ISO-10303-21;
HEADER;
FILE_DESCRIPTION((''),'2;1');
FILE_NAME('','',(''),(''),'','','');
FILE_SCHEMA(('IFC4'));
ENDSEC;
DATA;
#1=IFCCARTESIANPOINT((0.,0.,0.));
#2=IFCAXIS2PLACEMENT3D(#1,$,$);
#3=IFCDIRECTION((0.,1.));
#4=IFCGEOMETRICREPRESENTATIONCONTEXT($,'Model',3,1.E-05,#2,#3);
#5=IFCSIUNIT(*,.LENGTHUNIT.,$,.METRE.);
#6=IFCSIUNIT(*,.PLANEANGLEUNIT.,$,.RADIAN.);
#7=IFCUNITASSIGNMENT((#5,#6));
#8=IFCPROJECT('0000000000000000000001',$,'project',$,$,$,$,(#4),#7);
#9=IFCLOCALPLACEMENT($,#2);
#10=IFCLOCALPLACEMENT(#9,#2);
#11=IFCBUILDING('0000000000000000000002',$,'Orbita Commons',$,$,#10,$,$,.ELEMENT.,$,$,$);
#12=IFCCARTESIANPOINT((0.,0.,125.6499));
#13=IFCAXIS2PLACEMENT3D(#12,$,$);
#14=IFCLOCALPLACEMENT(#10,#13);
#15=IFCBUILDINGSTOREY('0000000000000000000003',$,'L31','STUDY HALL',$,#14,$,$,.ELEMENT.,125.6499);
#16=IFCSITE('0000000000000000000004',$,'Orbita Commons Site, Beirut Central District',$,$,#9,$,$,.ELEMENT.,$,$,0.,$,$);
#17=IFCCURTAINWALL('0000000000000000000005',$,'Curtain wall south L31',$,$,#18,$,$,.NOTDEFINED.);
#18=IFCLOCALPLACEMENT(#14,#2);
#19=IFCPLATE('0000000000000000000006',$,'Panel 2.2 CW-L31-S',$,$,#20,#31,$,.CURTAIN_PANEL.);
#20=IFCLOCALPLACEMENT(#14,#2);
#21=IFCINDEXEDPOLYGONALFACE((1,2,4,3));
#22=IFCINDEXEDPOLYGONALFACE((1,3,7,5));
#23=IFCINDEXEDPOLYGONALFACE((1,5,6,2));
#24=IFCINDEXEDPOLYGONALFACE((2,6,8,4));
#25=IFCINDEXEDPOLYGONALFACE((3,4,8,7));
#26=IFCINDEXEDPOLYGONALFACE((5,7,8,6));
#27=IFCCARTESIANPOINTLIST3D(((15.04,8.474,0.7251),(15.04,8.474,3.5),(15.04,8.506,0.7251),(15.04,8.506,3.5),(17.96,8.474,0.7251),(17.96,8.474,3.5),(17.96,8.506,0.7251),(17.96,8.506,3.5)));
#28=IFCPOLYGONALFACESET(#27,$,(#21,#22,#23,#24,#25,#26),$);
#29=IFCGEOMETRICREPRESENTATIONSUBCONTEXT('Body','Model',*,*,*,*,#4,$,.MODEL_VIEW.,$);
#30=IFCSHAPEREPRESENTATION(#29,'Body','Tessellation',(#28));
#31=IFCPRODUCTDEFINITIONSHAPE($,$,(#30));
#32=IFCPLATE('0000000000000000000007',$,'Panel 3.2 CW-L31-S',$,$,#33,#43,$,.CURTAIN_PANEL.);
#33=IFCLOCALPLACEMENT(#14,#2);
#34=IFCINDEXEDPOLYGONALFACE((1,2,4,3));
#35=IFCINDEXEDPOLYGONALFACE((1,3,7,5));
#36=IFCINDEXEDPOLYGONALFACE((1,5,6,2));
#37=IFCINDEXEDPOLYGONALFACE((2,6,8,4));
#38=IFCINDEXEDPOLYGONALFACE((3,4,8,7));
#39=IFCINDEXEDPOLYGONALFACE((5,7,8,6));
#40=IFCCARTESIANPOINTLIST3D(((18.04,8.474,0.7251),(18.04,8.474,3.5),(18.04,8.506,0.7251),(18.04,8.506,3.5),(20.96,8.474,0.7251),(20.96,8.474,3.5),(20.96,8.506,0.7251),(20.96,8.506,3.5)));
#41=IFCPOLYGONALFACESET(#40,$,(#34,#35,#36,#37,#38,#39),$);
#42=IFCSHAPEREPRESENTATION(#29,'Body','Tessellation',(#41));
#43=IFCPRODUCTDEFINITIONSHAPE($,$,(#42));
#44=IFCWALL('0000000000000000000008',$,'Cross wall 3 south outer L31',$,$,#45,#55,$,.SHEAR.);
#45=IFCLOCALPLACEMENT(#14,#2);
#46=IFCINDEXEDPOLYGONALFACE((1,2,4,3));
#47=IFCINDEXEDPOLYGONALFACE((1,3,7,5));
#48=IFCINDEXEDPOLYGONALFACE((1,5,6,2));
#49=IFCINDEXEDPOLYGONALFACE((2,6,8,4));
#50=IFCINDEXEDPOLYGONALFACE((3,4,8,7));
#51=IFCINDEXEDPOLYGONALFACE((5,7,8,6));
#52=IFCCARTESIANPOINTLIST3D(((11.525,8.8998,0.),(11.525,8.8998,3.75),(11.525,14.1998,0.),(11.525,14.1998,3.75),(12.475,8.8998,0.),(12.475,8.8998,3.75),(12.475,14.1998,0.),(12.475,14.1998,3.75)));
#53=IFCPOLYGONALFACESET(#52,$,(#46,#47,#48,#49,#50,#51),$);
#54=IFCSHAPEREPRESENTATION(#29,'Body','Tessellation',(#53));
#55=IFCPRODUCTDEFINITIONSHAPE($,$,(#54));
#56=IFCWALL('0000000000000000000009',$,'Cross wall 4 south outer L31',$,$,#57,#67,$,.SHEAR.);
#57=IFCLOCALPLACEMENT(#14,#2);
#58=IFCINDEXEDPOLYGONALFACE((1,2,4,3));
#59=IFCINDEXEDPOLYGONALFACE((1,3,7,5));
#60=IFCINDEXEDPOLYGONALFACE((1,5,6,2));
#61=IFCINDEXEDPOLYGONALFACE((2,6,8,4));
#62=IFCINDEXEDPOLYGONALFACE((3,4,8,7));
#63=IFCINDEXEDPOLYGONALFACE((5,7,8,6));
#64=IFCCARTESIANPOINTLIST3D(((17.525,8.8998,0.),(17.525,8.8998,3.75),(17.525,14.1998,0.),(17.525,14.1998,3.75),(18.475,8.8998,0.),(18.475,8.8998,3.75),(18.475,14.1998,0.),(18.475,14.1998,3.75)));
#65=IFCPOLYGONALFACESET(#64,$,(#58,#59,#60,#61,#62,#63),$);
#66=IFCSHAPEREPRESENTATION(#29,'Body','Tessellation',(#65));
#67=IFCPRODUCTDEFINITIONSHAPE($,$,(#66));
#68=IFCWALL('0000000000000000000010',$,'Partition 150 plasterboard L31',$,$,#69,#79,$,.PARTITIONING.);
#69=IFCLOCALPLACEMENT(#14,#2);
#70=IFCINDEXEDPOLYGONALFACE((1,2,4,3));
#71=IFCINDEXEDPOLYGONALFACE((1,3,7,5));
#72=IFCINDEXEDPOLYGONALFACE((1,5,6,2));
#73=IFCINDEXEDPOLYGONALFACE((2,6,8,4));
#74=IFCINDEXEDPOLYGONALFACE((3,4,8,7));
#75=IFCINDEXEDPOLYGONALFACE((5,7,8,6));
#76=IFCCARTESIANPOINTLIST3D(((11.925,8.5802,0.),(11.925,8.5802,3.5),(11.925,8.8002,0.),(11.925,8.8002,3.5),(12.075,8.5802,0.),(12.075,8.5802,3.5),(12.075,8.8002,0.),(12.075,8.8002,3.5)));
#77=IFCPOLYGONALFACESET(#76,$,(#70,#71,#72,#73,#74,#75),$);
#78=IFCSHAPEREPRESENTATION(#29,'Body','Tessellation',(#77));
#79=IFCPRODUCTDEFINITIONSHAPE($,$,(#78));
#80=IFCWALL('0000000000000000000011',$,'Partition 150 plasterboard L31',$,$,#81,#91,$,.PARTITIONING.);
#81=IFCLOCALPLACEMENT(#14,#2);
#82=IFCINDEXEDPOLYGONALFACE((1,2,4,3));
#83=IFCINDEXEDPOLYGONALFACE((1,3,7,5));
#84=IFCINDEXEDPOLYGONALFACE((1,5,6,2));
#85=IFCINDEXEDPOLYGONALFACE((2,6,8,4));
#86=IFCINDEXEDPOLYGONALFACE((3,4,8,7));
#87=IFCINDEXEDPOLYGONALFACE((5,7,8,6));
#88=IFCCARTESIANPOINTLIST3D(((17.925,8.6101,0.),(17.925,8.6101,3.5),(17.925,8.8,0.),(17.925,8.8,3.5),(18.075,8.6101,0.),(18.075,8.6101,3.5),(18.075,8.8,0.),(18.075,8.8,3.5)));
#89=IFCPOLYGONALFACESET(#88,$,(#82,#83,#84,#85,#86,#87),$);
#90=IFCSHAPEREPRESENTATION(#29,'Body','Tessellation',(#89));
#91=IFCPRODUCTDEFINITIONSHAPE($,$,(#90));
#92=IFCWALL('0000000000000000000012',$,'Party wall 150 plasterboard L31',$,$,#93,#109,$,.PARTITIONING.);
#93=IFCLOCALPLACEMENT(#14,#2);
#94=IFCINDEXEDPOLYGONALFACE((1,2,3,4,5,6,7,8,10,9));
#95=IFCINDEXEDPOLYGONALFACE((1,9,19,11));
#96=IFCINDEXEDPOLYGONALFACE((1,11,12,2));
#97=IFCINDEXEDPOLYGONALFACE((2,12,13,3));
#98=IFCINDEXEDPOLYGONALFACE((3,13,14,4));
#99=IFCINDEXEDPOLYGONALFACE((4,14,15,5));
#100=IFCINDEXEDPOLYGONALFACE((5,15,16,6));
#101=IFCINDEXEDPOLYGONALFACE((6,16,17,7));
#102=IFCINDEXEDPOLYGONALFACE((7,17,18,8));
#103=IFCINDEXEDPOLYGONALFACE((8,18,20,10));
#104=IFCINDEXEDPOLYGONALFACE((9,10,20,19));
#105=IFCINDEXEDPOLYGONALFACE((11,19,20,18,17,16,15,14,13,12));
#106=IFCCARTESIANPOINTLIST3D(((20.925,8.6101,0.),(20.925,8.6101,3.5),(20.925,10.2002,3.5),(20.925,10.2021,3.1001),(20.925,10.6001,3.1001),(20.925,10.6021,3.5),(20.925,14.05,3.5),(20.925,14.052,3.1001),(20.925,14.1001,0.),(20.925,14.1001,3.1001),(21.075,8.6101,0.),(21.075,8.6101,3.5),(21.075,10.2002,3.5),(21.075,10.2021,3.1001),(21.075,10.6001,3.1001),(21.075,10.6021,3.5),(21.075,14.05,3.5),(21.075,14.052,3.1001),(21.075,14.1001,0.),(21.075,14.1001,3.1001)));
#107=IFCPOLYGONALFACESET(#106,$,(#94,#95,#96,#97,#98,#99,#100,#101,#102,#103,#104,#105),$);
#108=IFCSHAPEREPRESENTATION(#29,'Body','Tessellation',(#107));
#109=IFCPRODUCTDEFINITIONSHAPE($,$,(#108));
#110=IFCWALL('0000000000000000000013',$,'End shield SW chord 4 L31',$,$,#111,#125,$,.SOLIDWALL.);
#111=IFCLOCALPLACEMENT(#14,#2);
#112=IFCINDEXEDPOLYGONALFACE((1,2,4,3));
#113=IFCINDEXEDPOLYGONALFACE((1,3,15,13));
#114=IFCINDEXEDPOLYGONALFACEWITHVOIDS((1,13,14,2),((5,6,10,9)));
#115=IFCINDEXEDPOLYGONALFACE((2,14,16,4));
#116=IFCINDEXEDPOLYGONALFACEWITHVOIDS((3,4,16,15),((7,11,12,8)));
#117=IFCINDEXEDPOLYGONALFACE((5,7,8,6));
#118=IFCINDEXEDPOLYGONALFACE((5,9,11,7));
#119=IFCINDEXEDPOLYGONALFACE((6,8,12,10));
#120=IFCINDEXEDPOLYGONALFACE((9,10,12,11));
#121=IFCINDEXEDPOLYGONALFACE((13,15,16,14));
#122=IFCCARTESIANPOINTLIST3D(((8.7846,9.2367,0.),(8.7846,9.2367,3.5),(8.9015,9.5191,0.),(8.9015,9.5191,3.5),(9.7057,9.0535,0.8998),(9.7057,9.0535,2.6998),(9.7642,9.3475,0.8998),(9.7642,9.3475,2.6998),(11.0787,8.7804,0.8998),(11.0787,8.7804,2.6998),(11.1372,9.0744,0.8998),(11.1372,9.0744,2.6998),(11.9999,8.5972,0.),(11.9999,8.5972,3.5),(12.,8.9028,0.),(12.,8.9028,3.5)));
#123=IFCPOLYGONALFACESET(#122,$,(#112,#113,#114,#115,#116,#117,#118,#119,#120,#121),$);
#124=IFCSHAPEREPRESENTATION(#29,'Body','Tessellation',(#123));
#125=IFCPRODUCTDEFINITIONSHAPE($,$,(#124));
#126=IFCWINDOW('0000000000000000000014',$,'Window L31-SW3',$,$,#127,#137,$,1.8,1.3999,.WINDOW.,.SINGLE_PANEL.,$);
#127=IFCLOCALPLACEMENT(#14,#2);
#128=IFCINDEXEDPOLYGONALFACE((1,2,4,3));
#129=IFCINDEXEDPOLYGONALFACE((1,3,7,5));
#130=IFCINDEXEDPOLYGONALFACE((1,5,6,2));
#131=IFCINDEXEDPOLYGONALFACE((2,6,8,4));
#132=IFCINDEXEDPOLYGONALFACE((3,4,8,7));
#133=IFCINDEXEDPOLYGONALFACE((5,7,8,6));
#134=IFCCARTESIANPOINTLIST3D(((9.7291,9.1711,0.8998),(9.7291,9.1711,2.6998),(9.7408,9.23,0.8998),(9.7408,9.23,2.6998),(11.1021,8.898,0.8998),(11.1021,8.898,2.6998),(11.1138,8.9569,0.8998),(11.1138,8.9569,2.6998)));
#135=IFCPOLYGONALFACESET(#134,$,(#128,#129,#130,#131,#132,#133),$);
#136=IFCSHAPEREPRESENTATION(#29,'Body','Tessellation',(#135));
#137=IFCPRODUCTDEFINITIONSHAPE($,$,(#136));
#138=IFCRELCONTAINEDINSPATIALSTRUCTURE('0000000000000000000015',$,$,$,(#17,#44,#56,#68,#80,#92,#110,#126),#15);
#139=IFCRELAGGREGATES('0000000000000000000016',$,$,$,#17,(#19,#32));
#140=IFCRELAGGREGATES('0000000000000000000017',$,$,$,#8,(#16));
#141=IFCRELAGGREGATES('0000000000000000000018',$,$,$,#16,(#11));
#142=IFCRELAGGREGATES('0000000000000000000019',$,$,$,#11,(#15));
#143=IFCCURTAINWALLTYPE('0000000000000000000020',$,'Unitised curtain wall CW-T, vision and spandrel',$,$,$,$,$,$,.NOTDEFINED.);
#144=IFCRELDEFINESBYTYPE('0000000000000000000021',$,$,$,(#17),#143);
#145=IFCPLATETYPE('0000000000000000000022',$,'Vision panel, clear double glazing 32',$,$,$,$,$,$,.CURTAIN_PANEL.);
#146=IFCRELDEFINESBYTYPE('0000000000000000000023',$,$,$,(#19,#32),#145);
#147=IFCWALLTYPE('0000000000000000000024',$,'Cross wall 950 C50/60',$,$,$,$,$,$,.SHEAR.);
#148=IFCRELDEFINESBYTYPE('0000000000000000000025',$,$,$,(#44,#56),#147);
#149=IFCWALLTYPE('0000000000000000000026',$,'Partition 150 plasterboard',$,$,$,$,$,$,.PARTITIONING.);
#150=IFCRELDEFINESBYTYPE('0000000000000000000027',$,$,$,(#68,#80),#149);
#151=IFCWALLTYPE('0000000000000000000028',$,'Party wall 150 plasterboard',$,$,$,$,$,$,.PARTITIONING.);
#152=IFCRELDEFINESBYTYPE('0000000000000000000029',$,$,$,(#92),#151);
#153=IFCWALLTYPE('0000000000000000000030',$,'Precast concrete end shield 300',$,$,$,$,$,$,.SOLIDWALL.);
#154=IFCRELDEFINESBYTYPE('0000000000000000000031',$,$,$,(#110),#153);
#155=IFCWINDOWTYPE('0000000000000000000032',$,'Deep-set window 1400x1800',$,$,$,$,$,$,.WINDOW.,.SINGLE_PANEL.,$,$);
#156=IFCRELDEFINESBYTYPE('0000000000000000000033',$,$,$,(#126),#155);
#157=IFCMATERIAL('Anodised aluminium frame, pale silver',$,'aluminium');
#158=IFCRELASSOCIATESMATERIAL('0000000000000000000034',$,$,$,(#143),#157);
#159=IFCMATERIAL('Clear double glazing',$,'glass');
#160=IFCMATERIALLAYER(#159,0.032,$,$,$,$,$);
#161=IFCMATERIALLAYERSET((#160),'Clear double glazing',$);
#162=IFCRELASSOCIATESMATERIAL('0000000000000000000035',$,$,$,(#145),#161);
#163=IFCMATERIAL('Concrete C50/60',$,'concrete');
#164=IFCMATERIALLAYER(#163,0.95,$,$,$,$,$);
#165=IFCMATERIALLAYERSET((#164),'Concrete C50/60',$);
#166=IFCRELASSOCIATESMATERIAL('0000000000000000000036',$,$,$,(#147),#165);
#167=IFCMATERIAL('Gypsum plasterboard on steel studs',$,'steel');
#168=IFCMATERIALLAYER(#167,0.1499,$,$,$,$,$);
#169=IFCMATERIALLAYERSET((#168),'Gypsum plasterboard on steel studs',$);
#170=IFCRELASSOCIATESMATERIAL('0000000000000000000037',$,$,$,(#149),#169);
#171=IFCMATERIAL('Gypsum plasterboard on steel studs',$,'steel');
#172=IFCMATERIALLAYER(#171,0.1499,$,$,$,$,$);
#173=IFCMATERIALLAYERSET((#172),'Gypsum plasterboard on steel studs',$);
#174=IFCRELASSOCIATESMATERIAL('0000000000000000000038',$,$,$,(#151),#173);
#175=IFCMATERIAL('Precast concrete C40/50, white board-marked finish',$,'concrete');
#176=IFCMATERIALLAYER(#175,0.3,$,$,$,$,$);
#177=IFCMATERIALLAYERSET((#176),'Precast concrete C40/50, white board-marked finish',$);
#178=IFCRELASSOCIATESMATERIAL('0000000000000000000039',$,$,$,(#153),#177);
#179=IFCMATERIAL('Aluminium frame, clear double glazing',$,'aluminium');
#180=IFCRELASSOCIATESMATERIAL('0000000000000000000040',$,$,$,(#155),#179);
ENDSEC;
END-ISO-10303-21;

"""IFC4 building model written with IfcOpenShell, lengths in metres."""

from ifc_helpers import new_model, si_unit, direction, frame, frame_2d, origin, origin_2d, place, context, subcontext, project, spatial, polyline, rectangle, outline, extrude, material, layer, layer_set, type_object, element, fill, aggregate, save


model = new_model("IFC4")

# Units and contexts
model_context = context("Model", 3, precision=1e-05, world=origin(), true_north=direction((0.0, 1.0)))
body_context = subcontext(model_context, "Body", "Model", "MODEL_VIEW")
ifc_project = project(units=[si_unit("LENGTHUNIT", "METRE"), si_unit("PLANEANGLEUNIT", "RADIAN")], contexts=[model_context])

# Site, building, storey
site_placement = place(None, origin())
site = spatial("IfcSite", under=ifc_project, at=site_placement, Name="Orbita Commons Site, Beirut Central District", CompositionType="ELEMENT", RefElevation=0.0)
building_placement = place(site_placement, origin())
building = spatial("IfcBuilding", under=site, at=building_placement, Name="Orbita Commons", CompositionType="ELEMENT")
storey_placement = place(building_placement, frame((0.0, 0.0, 125.6499)))
storey = spatial("IfcBuildingStorey", under=building, at=storey_placement, Name="L31", Description="STUDY HALL", CompositionType="ELEMENT", Elevation=125.6499)

# Curtain wall
ifc_material_1 = material(Name="Anodised aluminium frame, pale silver", Category="aluminium")
curtain_wall_type = type_object("IfcCurtainWallType", Name="Unitised curtain wall CW-T, vision and spandrel", PredefinedType="NOTDEFINED", material=ifc_material_1)
curtain_wall_placement = place(storey_placement, origin())
curtain_wall = element("IfcCurtainWall", 1, at=curtain_wall_placement, inside=storey, type_object=curtain_wall_type, Name="Curtain wall south L31", PredefinedType="NOTDEFINED")

# Plates
ifc_material_2 = material(Name="Clear double glazing", Category="glass")
ifc_layer_1 = layer(ifc_material_2, 0.032)
ifc_layer_set_1 = layer_set([ifc_layer_1], Name="Clear double glazing")
plate_type_1 = type_object("IfcPlateType", Name="Vision panel, clear double glazing 32", PredefinedType="CURTAIN_PANEL", material=ifc_layer_set_1)
plate_1_placement = place(storey_placement, frame((16.5, 8.49, 0.7251), z_axis=(0.0, 0.0, 1.0), x_axis=(1.0, 0.0, 0.0)))
plate_1 = element("IfcPlate", 2, at=plate_1_placement, type_object=plate_type_1, Name="Panel 2.2 CW-L31-S", PredefinedType="CURTAIN_PANEL", context=body_context, shape_type="SweptSolid", body=[
    extrude(rectangle(XDim=2.9199, YDim=0.032, at=origin_2d()), origin(), (0.0, 0.0, 1.0), 2.7749),
])
plate_2_placement = place(storey_placement, frame((19.5, 8.49, 0.7251), z_axis=(0.0, 0.0, 1.0), x_axis=(1.0, 0.0, 0.0)))
plate_2 = element("IfcPlate", 3, at=plate_2_placement, type_object=plate_type_1, Name="Panel 3.2 CW-L31-S", PredefinedType="CURTAIN_PANEL", context=body_context, shape_type="SweptSolid", body=[
    extrude(rectangle(XDim=2.9199, YDim=0.032, at=origin_2d()), origin(), (0.0, 0.0, 1.0), 2.7749),
])
aggregate(curtain_wall, [plate_1, plate_2])

# Walls
ifc_material_3 = material(Name="Concrete C50/60", Category="concrete")
ifc_layer_2 = layer(ifc_material_3, 0.95)
ifc_layer_set_2 = layer_set([ifc_layer_2], Name="Concrete C50/60")
wall_type_1 = type_object("IfcWallType", Name="Cross wall 950 C50/60", PredefinedType="SHEAR", material=ifc_layer_set_2)
for number, where, z_axis, x_axis, name in (
    (4, (12.0, 8.8999, 0.0), (0.0, 0.0, 1.0), (0.0, 1.0, 0.0), "Cross wall 3 south outer L31"),
    (5, (18.0, 8.8999, 0.0), (0.0, 0.0, 1.0), (0.0, 1.0, 0.0), "Cross wall 4 south outer L31"),
):
    element("IfcWall", number, at=place(storey_placement, frame(where, z_axis=z_axis, x_axis=x_axis)), inside=storey, type_object=wall_type_1, Name=name, PredefinedType="SHEAR", context=body_context, shape_type="SweptSolid", body=[
        extrude(rectangle(XDim=5.3, YDim=0.95, at=frame_2d((2.6499, 0.0))), origin(), (0.0, 0.0, 1.0), 3.75),
    ])
ifc_material_4 = material(Name="Gypsum plasterboard on steel studs", Category="steel")
ifc_layer_3 = layer(ifc_material_4, 0.1499)
ifc_layer_set_3 = layer_set([ifc_layer_3], Name="Gypsum plasterboard on steel studs")
wall_type_2 = type_object("IfcWallType", Name="Partition 150 plasterboard", PredefinedType="PARTITIONING", material=ifc_layer_set_3)
wall_1_placement = place(storey_placement, frame((12.0, 8.8, 0.0), z_axis=(0.0, 0.0, 1.0), x_axis=(0.0, -1.0, 0.0)))
element("IfcWall", 6, at=wall_1_placement, inside=storey, type_object=wall_type_2, Name="Partition 150 plasterboard L31", PredefinedType="PARTITIONING", context=body_context, shape_type="SweptSolid", body=[
    extrude(rectangle(XDim=0.22, YDim=0.1499, at=frame_2d((0.1099, 0.0))), origin(), (0.0, 0.0, 1.0), 3.5),
])
wall_2_placement = place(storey_placement, frame((18.0, 8.8, 0.0), z_axis=(0.0, 0.0, 1.0), x_axis=(0.0, -1.0, 0.0)))
element("IfcWall", 7, at=wall_2_placement, inside=storey, type_object=wall_type_2, Name="Partition 150 plasterboard L31", PredefinedType="PARTITIONING", context=body_context, shape_type="SweptSolid", body=[
    extrude(rectangle(XDim=0.1899, YDim=0.1499, at=frame_2d((0.095, 0.0))), origin(), (0.0, 0.0, 1.0), 3.5),
])
ifc_material_5 = material(Name="Gypsum plasterboard on steel studs", Category="steel")
ifc_layer_4 = layer(ifc_material_5, 0.1499)
ifc_layer_set_4 = layer_set([ifc_layer_4], Name="Gypsum plasterboard on steel studs")
wall_type_3 = type_object("IfcWallType", Name="Party wall 150 plasterboard", PredefinedType="PARTITIONING", material=ifc_layer_set_4)
wall_3_placement = place(storey_placement, frame((21.0, 8.6101, 0.0), z_axis=(0.0, 0.0, 1.0), x_axis=(0.0, 1.0, 0.0)))
element("IfcWall", 8, at=wall_3_placement, inside=storey, type_object=wall_type_3, Name="Party wall 150 plasterboard L31", PredefinedType="PARTITIONING", context=body_context, shape_type="SweptSolid", body=[
    extrude(outline(polyline([(0.0, 0.0), (5.49, 0.0), (5.49, 3.1001), (5.4419, 3.1001), (5.4399, 3.5), (1.9919, 3.5), (1.99, 3.1001), (1.592, 3.1001), (1.5901, 3.5), (0.0, 3.5), (0.0, 0.0)])), frame((0.0, 0.075, 0.0), z_axis=(0.0, -1.0, 0.0), x_axis=(1.0, 0.0, 0.0)), (0.0, 0.0, 1.0), 0.1499),
])

# Wall, opening, window
ifc_material_6 = material(Name="Precast concrete C40/50, white board-marked finish", Category="concrete")
ifc_layer_5 = layer(ifc_material_6, 0.3)
ifc_layer_set_5 = layer_set([ifc_layer_5], Name="Precast concrete C40/50, white board-marked finish")
wall_type_4 = type_object("IfcWallType", Name="Precast concrete end shield 300", PredefinedType="SOLIDWALL", material=ifc_layer_set_5)
wall_4_placement = place(storey_placement, frame((8.843, 9.3779, 0.0), z_axis=(0.0, 0.0, 1.0), x_axis=(0.980787, -0.19508, 0.0)))
wall_4 = element("IfcWall", 9, at=wall_4_placement, inside=storey, type_object=wall_type_4, Name="End shield SW chord 4 L31", PredefinedType="SOLIDWALL", context=body_context, shape_type="SweptSolid", body=[
    extrude(outline(polyline([(-0.0298, -0.1499), (3.2485, -0.1499), (3.189, 0.1499), (0.0298, 0.1499), (-0.0298, -0.1499)])), origin(), (0.0, 0.0, 1.0), 3.5),
])
opening_placement = place(wall_4_placement, frame((0.9094, 0.0, 0.8999)))
opening = element("IfcOpeningElement", 10, at=opening_placement, cuts=wall_4, PredefinedType="OPENING", context=body_context, shape_type="SweptSolid", body=[
    extrude(rectangle(XDim=1.3999, YDim=1.8, at=frame_2d((0.7, 0.8999))), frame((0.0, 0.1599, 0.0), z_axis=(0.0, -1.0, 0.0), x_axis=(1.0, 0.0, 0.0)), (0.0, 0.0, 1.0), 0.3201),
])
ifc_material_7 = material(Name="Aluminium frame, clear double glazing", Category="aluminium")
window_type = type_object("IfcWindowType", Name="Deep-set window 1400x1800", PartitioningType="SINGLE_PANEL", PredefinedType="WINDOW", material=ifc_material_7)
window_placement = place(opening_placement, origin())
window = element("IfcWindow", 11, at=window_placement, inside=storey, type_object=window_type, Name="Window L31-SW3", OverallHeight=1.8, OverallWidth=1.3999, PartitioningType="SINGLE_PANEL", PredefinedType="WINDOW", context=body_context, shape_type="SweptSolid", body=[
    extrude(rectangle(XDim=1.3999, YDim=1.8, at=frame_2d((0.7, 0.8999))), frame((0.0, 0.03, 0.0), z_axis=(0.0, -1.0, 0.0), x_axis=(1.0, 0.0, 0.0)), (0.0, 0.0, 1.0), 0.0601),
])
fill(opening, window)

save(model, "model.ifc")
